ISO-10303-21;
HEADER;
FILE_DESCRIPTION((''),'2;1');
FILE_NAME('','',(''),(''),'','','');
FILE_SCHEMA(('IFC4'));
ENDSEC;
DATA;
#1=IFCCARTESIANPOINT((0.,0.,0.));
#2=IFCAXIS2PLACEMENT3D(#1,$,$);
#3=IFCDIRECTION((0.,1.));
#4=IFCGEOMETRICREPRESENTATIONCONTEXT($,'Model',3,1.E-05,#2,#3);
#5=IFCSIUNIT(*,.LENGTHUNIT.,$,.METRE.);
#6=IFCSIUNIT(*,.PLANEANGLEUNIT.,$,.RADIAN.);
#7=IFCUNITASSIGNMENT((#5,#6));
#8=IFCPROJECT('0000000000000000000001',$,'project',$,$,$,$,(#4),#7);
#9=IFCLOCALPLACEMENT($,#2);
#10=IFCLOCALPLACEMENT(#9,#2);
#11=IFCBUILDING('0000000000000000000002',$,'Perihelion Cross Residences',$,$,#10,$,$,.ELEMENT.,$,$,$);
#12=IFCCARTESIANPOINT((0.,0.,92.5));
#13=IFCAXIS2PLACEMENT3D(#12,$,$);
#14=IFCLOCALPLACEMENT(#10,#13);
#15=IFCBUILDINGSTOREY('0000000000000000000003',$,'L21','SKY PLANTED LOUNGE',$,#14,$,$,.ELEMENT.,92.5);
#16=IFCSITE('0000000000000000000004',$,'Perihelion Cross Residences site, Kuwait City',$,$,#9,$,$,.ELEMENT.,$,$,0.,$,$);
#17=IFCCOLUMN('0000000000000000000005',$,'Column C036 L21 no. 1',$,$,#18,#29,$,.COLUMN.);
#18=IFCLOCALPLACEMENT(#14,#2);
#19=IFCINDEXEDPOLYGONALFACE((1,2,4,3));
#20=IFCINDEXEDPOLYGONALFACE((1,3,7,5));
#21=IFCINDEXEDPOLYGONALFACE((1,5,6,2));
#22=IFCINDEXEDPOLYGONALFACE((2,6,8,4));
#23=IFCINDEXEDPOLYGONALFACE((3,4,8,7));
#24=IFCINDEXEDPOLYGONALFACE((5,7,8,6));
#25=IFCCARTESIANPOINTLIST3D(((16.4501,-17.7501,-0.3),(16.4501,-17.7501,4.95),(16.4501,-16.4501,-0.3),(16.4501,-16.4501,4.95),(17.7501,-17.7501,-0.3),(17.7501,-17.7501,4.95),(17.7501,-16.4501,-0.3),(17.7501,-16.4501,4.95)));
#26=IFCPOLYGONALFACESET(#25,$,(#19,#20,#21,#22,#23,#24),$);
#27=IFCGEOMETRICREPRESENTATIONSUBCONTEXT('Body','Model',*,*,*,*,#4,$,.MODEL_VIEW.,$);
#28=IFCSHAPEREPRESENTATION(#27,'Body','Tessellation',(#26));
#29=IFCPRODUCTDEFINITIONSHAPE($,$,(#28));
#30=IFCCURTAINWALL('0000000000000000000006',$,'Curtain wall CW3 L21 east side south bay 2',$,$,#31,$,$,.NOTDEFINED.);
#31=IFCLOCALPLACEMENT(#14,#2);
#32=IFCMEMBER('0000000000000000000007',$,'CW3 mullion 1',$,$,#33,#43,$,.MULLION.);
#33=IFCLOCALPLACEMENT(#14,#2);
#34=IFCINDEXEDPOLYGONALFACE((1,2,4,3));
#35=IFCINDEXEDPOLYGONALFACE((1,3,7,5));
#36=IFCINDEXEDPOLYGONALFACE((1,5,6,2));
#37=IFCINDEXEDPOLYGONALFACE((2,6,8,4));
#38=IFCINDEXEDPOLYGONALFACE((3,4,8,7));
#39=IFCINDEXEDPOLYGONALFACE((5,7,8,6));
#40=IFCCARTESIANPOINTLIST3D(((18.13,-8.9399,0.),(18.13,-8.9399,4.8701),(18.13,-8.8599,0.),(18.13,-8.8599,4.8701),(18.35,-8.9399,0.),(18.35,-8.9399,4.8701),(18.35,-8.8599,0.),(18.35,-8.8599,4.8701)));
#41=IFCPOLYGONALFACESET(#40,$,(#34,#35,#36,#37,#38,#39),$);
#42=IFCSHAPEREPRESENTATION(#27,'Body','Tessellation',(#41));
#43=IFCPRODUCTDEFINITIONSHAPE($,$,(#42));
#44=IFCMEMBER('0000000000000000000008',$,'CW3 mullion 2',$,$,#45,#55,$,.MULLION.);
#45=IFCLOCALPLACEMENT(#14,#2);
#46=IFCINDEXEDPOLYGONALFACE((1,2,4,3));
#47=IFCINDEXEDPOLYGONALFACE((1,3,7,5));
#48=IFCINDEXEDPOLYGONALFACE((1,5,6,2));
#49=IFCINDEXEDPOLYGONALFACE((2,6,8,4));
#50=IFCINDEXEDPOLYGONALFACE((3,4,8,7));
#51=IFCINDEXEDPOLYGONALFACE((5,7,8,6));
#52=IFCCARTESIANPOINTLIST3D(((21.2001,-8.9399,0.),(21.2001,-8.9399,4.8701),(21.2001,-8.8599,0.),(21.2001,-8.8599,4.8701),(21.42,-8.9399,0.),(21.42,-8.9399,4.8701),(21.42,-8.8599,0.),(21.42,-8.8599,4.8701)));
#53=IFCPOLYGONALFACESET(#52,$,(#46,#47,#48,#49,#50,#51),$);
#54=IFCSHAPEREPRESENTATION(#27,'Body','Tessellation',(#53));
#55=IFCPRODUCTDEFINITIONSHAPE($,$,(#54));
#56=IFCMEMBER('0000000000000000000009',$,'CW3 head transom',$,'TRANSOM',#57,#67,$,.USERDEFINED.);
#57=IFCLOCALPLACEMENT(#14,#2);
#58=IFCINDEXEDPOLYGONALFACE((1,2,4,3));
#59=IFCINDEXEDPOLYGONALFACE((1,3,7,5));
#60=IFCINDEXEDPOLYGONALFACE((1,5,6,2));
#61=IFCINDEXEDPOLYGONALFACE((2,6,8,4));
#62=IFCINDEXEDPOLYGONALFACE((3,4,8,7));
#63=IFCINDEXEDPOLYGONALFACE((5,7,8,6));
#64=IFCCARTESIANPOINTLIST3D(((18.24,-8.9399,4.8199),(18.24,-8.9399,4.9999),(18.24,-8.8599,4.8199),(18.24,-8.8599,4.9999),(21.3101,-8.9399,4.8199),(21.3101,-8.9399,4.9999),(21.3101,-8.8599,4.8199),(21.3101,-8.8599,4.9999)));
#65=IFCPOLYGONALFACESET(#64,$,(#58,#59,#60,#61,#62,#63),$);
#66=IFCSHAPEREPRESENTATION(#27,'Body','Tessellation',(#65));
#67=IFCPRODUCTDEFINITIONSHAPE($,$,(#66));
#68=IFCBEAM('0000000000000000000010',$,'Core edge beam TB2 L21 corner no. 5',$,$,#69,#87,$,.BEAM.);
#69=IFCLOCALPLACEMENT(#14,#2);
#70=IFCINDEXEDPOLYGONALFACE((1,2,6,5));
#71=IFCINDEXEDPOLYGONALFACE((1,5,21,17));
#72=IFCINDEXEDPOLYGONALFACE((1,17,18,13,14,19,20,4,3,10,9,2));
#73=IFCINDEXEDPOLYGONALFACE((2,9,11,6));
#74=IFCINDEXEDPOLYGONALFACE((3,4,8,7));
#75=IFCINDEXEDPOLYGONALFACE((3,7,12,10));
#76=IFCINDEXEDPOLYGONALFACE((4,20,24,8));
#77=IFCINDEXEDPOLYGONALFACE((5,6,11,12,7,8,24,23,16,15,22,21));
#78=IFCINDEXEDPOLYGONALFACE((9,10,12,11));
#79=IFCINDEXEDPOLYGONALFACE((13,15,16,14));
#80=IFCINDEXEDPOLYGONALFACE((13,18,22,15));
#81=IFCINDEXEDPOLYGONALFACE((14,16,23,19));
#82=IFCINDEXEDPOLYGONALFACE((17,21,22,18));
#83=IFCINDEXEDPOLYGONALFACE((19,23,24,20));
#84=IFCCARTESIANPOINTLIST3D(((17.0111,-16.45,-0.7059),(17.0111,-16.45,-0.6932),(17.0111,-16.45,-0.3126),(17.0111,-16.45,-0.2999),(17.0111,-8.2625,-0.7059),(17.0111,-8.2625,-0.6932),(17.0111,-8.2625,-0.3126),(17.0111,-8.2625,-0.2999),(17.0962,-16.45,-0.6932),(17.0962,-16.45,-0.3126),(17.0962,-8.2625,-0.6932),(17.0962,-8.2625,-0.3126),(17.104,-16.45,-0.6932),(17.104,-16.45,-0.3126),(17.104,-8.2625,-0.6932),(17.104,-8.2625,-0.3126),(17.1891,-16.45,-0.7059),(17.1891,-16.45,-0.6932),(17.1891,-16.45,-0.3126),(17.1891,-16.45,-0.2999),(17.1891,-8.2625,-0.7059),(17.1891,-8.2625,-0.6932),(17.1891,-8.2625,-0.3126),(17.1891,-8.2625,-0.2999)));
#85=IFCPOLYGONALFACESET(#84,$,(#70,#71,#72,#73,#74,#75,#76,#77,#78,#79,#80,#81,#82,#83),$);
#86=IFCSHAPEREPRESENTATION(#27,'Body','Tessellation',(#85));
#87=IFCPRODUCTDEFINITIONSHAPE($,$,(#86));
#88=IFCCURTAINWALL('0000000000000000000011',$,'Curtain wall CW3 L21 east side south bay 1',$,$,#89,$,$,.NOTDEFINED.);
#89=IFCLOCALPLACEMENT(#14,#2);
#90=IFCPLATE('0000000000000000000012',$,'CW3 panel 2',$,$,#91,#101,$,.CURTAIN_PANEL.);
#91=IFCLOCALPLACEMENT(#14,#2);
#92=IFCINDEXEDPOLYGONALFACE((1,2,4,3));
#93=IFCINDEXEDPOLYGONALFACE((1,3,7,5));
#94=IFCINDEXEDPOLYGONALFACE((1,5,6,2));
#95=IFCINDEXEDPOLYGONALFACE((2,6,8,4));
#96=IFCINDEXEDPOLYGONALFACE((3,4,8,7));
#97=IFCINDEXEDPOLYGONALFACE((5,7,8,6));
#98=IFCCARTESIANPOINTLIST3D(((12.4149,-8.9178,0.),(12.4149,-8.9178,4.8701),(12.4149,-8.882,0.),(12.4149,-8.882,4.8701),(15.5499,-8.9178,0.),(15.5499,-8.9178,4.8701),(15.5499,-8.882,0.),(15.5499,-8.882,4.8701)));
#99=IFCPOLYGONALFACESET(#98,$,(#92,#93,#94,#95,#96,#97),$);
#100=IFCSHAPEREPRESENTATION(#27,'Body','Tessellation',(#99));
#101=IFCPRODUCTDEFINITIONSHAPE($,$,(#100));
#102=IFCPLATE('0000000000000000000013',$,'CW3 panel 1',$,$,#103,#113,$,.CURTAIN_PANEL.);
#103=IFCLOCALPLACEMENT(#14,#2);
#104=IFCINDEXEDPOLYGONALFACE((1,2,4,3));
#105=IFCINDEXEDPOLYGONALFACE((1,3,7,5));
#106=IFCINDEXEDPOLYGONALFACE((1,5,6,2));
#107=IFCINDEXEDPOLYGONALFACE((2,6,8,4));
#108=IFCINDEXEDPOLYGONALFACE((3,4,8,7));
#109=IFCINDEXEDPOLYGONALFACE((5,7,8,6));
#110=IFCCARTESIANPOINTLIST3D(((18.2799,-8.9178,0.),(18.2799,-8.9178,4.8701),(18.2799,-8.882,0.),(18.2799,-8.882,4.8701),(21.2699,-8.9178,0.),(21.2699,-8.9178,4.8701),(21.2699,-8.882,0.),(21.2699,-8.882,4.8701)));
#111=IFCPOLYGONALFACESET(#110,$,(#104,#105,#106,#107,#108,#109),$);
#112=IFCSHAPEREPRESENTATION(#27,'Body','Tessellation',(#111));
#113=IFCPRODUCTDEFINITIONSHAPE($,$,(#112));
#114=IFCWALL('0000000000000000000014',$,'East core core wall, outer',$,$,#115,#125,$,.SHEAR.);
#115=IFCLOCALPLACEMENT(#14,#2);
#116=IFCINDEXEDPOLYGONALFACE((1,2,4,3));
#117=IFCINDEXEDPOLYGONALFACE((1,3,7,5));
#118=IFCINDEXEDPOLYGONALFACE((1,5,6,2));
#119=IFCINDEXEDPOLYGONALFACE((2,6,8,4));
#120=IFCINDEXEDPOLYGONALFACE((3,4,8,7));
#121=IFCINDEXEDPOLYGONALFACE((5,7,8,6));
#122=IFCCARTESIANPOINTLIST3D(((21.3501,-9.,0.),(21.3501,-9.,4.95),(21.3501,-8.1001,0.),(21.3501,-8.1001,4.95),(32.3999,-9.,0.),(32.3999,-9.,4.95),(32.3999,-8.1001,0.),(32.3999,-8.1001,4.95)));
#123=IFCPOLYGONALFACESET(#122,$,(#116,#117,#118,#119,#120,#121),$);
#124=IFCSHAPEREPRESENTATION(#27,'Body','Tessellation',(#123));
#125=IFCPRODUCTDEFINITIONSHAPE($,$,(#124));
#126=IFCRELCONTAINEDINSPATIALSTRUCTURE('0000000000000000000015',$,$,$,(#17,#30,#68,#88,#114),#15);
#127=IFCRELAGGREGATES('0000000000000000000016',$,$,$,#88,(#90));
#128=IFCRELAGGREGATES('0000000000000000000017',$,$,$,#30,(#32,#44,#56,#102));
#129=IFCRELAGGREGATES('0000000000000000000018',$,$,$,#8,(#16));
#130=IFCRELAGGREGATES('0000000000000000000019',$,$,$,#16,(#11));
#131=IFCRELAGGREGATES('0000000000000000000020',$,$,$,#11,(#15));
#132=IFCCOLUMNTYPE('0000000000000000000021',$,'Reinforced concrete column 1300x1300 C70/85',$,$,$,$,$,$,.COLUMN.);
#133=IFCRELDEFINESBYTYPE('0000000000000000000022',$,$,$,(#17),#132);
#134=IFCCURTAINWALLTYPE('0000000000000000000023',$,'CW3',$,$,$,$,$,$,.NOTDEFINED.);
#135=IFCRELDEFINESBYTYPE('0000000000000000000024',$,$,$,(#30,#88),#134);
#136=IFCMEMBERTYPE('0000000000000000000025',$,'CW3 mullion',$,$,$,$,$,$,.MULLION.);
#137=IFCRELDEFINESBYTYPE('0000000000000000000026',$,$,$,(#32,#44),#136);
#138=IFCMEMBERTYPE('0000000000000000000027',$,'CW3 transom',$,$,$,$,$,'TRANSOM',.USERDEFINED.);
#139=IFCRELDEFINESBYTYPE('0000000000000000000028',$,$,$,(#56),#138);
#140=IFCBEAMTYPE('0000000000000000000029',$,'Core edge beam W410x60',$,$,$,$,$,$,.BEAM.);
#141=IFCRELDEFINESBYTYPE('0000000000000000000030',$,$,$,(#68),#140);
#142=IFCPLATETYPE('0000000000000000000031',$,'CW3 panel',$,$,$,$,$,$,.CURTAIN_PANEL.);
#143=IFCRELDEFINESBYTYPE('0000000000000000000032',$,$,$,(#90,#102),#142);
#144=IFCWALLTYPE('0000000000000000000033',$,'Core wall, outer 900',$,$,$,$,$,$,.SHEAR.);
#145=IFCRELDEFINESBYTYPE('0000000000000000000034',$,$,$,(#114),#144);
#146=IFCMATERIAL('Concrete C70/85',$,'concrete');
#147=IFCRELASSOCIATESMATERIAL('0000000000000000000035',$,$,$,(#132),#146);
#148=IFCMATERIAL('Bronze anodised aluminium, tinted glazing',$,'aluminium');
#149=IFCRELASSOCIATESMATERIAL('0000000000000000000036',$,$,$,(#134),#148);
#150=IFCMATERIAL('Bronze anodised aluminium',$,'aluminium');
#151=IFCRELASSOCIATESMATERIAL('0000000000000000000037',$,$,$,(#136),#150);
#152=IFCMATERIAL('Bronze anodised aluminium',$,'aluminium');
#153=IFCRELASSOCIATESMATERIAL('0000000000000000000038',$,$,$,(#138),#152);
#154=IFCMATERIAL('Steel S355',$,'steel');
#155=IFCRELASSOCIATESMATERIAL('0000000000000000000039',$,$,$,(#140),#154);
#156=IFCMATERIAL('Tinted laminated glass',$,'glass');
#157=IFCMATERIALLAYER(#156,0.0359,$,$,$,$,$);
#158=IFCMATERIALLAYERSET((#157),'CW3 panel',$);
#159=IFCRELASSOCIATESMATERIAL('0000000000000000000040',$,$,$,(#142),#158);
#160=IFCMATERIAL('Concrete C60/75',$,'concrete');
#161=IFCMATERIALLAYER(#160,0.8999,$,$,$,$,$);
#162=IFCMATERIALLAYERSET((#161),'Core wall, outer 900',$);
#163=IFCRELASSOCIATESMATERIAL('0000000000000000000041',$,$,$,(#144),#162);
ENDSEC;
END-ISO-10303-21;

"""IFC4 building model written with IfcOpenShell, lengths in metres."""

from ifc_helpers import new_model, si_unit, direction, frame, frame_2d, origin, origin_2d, place, context, subcontext, project, spatial, rectangle, i_section, extrude, material, layer, layer_set, material_profile, profile_set, type_object, element, aggregate, save


model = new_model("IFC4")

# Units and contexts
model_context = context("Model", 3, precision=1e-05, world=origin(), true_north=direction((0.0, 1.0)))
body_context = subcontext(model_context, "Body", "Model", "MODEL_VIEW")
ifc_project = project(units=[si_unit("LENGTHUNIT", "METRE"), si_unit("PLANEANGLEUNIT", "RADIAN")], contexts=[model_context])

# Site, building, storey
site_placement = place(None, origin())
site = spatial("IfcSite", under=ifc_project, at=site_placement, Name="Perihelion Cross Residences site, Kuwait City", CompositionType="ELEMENT", RefElevation=0.0)
building_placement = place(site_placement, origin())
building = spatial("IfcBuilding", under=site, at=building_placement, Name="Perihelion Cross Residences", CompositionType="ELEMENT")
storey_placement = place(building_placement, frame((0.0, 0.0, 92.5)))
storey = spatial("IfcBuildingStorey", under=building, at=storey_placement, Name="L21", Description="SKY PLANTED LOUNGE", CompositionType="ELEMENT", Elevation=92.5)

# Column
ifc_material_1 = material(Name="Concrete C70/85", Category="concrete")
ifc_material_profile_1 = material_profile(ifc_material_1, rectangle(XDim=1.3, YDim=1.3, at=origin_2d()), Name="RC 1300x1300")
ifc_profile_set_1 = profile_set([ifc_material_profile_1], Name="Concrete C70/85")
column_type = type_object("IfcColumnType", Name="Reinforced concrete column 1300x1300 C70/85", PredefinedType="COLUMN", material=ifc_profile_set_1)
column_placement = place(storey_placement, frame((17.1001, -17.1001, -0.3), z_axis=(0.0, 0.0, 1.0), x_axis=(1.0, 0.0, 0.0)))
element("IfcColumn", 1, at=column_placement, inside=storey, type_object=column_type, Name="Column C036 L21 no. 1", PredefinedType="COLUMN", context=body_context, shape_type="SweptSolid", body=[
    extrude(rectangle(XDim=1.3, YDim=1.3, at=origin_2d()), origin(), (0.0, 0.0, 1.0), 5.25),
])

# Curtain wall, members
ifc_material_2 = material(Name="Bronze anodised aluminium, tinted glazing", Category="aluminium")
curtain_wall_type = type_object("IfcCurtainWallType", Name="CW3", PredefinedType="NOTDEFINED", material=ifc_material_2)
curtain_wall_1_placement = place(storey_placement, origin())
curtain_wall_1 = element("IfcCurtainWall", 2, at=curtain_wall_1_placement, inside=storey, type_object=curtain_wall_type, Name="Curtain wall CW3 L21 east side south bay 2", PredefinedType="NOTDEFINED")
ifc_material_3 = material(Name="Bronze anodised aluminium", Category="aluminium")
ifc_material_profile_2 = material_profile(ifc_material_3, rectangle(XDim=0.0801, YDim=0.22, at=origin_2d()), Name="CW3 mullion")
ifc_profile_set_2 = profile_set([ifc_material_profile_2], Name="Bronze anodised aluminium")
member_type_1 = type_object("IfcMemberType", Name="CW3 mullion", PredefinedType="MULLION", material=ifc_profile_set_2)
member_1_placement = place(storey_placement, frame((18.24, -8.8999, 0.0), z_axis=(0.0, 0.0, 1.0), x_axis=(0.0, 1.0, 0.0)))
member_1 = element("IfcMember", 3, at=member_1_placement, type_object=member_type_1, Name="CW3 mullion 1", PredefinedType="MULLION", context=body_context, shape_type="SweptSolid", body=[
    extrude(rectangle(XDim=0.0801, YDim=0.22, at=origin_2d()), origin(), (0.0, 0.0, 1.0), 4.8701),
])
member_2_placement = place(storey_placement, frame((21.3101, -8.8999, 0.0), z_axis=(0.0, 0.0, 1.0), x_axis=(0.0, 1.0, 0.0)))
member_2 = element("IfcMember", 4, at=member_2_placement, type_object=member_type_1, Name="CW3 mullion 2", PredefinedType="MULLION", context=body_context, shape_type="SweptSolid", body=[
    extrude(rectangle(XDim=0.0801, YDim=0.22, at=origin_2d()), origin(), (0.0, 0.0, 1.0), 4.8701),
])
ifc_material_4 = material(Name="Bronze anodised aluminium", Category="aluminium")
ifc_material_profile_3 = material_profile(ifc_material_4, rectangle(XDim=0.0801, YDim=0.1799, at=origin_2d()), Name="CW3 transom")
ifc_profile_set_3 = profile_set([ifc_material_profile_3], Name="Bronze anodised aluminium")
member_type_2 = type_object("IfcMemberType", Name="CW3 transom", ElementType="TRANSOM", PredefinedType="USERDEFINED", material=ifc_profile_set_3)
member_3_placement = place(storey_placement, frame((18.24, -8.8999, 4.9099), z_axis=(1.0, 0.0, 0.0), x_axis=(0.0, 1.0, 0.0)))
member_3 = element("IfcMember", 5, at=member_3_placement, type_object=member_type_2, Name="CW3 head transom", ObjectType="TRANSOM", PredefinedType="USERDEFINED", context=body_context, shape_type="SweptSolid", body=[
    extrude(rectangle(XDim=0.0801, YDim=0.1799, at=origin_2d()), origin(), (0.0, 0.0, 1.0), 3.0701),
])

# Beam
ifc_material_5 = material(Name="Steel S355", Category="steel")
ifc_material_profile_4 = material_profile(ifc_material_5, i_section(OverallWidth=0.178, OverallDepth=0.406, WebThickness=0.0078, FlangeThickness=0.0127, at=origin_2d()), Name="W410x60")
ifc_profile_set_4 = profile_set([ifc_material_profile_4], Name="Steel S355")
beam_type = type_object("IfcBeamType", Name="Core edge beam W410x60", PredefinedType="BEAM", material=ifc_profile_set_4)
beam_placement = place(storey_placement, frame((17.1001, -8.2625, -0.5029), z_axis=(0.0, -1.0, 0.0), x_axis=(1.0, 0.0, 0.0)))
element("IfcBeam", 6, at=beam_placement, inside=storey, type_object=beam_type, Name="Core edge beam TB2 L21 corner no. 5", PredefinedType="BEAM", context=body_context, shape_type="SweptSolid", body=[
    extrude(i_section(OverallWidth=0.178, OverallDepth=0.406, WebThickness=0.0078, FlangeThickness=0.0127, at=origin_2d()), origin(), (0.0, 0.0, 1.0), 8.1875),
])

# Curtain wall, plate
curtain_wall_2_placement = place(storey_placement, origin())
curtain_wall_2 = element("IfcCurtainWall", 7, at=curtain_wall_2_placement, inside=storey, type_object=curtain_wall_type, Name="Curtain wall CW3 L21 east side south bay 1", PredefinedType="NOTDEFINED")
ifc_material_6 = material(Name="Tinted laminated glass", Category="glass")
ifc_layer_1 = layer(ifc_material_6, 0.0359)
ifc_layer_set_1 = layer_set([ifc_layer_1], Name="CW3 panel")
plate_type = type_object("IfcPlateType", Name="CW3 panel", PredefinedType="CURTAIN_PANEL", material=ifc_layer_set_1)
plate_1_placement = place(storey_placement, frame((13.9824, -8.8999, 0.0), z_axis=(0.0, 0.0, 1.0), x_axis=(1.0, 0.0, 0.0)))
plate_1 = element("IfcPlate", 8, at=plate_1_placement, type_object=plate_type, Name="CW3 panel 2", PredefinedType="CURTAIN_PANEL", context=body_context, shape_type="SweptSolid", body=[
    extrude(rectangle(XDim=3.135, YDim=0.0359, at=origin_2d()), origin(), (0.0, 0.0, 1.0), 4.8701),
])
aggregate(curtain_wall_2, [plate_1])

# Plate
plate_2_placement = place(storey_placement, frame((19.7749, -8.8999, 0.0), z_axis=(0.0, 0.0, 1.0), x_axis=(1.0, 0.0, 0.0)))
plate_2 = element("IfcPlate", 9, at=plate_2_placement, type_object=plate_type, Name="CW3 panel 1", PredefinedType="CURTAIN_PANEL", context=body_context, shape_type="SweptSolid", body=[
    extrude(rectangle(XDim=2.99, YDim=0.0359, at=origin_2d()), origin(), (0.0, 0.0, 1.0), 4.8701),
])
aggregate(curtain_wall_1, [member_1, member_2, member_3, plate_2])

# Wall
ifc_material_7 = material(Name="Concrete C60/75", Category="concrete")
ifc_layer_2 = layer(ifc_material_7, 0.8999)
ifc_layer_set_2 = layer_set([ifc_layer_2], Name="Core wall, outer 900")
wall_type_1 = type_object("IfcWallType", Name="Core wall, outer 900", PredefinedType="SHEAR", material=ifc_layer_set_2)
wall_1_placement = place(storey_placement, frame((21.3501, -8.55, 0.0), z_axis=(0.0, 0.0, 1.0), x_axis=(1.0, 0.0, 0.0)))
element("IfcWall", 10, at=wall_1_placement, inside=storey, type_object=wall_type_1, Name="East core core wall, outer", PredefinedType="SHEAR", context=body_context, shape_type="SweptSolid", body=[
    extrude(rectangle(XDim=11.0498, YDim=0.8999, at=frame_2d((5.5249, 0.0))), origin(), (0.0, 0.0, 1.0), 4.95),
])

save(model, "model.ifc")
